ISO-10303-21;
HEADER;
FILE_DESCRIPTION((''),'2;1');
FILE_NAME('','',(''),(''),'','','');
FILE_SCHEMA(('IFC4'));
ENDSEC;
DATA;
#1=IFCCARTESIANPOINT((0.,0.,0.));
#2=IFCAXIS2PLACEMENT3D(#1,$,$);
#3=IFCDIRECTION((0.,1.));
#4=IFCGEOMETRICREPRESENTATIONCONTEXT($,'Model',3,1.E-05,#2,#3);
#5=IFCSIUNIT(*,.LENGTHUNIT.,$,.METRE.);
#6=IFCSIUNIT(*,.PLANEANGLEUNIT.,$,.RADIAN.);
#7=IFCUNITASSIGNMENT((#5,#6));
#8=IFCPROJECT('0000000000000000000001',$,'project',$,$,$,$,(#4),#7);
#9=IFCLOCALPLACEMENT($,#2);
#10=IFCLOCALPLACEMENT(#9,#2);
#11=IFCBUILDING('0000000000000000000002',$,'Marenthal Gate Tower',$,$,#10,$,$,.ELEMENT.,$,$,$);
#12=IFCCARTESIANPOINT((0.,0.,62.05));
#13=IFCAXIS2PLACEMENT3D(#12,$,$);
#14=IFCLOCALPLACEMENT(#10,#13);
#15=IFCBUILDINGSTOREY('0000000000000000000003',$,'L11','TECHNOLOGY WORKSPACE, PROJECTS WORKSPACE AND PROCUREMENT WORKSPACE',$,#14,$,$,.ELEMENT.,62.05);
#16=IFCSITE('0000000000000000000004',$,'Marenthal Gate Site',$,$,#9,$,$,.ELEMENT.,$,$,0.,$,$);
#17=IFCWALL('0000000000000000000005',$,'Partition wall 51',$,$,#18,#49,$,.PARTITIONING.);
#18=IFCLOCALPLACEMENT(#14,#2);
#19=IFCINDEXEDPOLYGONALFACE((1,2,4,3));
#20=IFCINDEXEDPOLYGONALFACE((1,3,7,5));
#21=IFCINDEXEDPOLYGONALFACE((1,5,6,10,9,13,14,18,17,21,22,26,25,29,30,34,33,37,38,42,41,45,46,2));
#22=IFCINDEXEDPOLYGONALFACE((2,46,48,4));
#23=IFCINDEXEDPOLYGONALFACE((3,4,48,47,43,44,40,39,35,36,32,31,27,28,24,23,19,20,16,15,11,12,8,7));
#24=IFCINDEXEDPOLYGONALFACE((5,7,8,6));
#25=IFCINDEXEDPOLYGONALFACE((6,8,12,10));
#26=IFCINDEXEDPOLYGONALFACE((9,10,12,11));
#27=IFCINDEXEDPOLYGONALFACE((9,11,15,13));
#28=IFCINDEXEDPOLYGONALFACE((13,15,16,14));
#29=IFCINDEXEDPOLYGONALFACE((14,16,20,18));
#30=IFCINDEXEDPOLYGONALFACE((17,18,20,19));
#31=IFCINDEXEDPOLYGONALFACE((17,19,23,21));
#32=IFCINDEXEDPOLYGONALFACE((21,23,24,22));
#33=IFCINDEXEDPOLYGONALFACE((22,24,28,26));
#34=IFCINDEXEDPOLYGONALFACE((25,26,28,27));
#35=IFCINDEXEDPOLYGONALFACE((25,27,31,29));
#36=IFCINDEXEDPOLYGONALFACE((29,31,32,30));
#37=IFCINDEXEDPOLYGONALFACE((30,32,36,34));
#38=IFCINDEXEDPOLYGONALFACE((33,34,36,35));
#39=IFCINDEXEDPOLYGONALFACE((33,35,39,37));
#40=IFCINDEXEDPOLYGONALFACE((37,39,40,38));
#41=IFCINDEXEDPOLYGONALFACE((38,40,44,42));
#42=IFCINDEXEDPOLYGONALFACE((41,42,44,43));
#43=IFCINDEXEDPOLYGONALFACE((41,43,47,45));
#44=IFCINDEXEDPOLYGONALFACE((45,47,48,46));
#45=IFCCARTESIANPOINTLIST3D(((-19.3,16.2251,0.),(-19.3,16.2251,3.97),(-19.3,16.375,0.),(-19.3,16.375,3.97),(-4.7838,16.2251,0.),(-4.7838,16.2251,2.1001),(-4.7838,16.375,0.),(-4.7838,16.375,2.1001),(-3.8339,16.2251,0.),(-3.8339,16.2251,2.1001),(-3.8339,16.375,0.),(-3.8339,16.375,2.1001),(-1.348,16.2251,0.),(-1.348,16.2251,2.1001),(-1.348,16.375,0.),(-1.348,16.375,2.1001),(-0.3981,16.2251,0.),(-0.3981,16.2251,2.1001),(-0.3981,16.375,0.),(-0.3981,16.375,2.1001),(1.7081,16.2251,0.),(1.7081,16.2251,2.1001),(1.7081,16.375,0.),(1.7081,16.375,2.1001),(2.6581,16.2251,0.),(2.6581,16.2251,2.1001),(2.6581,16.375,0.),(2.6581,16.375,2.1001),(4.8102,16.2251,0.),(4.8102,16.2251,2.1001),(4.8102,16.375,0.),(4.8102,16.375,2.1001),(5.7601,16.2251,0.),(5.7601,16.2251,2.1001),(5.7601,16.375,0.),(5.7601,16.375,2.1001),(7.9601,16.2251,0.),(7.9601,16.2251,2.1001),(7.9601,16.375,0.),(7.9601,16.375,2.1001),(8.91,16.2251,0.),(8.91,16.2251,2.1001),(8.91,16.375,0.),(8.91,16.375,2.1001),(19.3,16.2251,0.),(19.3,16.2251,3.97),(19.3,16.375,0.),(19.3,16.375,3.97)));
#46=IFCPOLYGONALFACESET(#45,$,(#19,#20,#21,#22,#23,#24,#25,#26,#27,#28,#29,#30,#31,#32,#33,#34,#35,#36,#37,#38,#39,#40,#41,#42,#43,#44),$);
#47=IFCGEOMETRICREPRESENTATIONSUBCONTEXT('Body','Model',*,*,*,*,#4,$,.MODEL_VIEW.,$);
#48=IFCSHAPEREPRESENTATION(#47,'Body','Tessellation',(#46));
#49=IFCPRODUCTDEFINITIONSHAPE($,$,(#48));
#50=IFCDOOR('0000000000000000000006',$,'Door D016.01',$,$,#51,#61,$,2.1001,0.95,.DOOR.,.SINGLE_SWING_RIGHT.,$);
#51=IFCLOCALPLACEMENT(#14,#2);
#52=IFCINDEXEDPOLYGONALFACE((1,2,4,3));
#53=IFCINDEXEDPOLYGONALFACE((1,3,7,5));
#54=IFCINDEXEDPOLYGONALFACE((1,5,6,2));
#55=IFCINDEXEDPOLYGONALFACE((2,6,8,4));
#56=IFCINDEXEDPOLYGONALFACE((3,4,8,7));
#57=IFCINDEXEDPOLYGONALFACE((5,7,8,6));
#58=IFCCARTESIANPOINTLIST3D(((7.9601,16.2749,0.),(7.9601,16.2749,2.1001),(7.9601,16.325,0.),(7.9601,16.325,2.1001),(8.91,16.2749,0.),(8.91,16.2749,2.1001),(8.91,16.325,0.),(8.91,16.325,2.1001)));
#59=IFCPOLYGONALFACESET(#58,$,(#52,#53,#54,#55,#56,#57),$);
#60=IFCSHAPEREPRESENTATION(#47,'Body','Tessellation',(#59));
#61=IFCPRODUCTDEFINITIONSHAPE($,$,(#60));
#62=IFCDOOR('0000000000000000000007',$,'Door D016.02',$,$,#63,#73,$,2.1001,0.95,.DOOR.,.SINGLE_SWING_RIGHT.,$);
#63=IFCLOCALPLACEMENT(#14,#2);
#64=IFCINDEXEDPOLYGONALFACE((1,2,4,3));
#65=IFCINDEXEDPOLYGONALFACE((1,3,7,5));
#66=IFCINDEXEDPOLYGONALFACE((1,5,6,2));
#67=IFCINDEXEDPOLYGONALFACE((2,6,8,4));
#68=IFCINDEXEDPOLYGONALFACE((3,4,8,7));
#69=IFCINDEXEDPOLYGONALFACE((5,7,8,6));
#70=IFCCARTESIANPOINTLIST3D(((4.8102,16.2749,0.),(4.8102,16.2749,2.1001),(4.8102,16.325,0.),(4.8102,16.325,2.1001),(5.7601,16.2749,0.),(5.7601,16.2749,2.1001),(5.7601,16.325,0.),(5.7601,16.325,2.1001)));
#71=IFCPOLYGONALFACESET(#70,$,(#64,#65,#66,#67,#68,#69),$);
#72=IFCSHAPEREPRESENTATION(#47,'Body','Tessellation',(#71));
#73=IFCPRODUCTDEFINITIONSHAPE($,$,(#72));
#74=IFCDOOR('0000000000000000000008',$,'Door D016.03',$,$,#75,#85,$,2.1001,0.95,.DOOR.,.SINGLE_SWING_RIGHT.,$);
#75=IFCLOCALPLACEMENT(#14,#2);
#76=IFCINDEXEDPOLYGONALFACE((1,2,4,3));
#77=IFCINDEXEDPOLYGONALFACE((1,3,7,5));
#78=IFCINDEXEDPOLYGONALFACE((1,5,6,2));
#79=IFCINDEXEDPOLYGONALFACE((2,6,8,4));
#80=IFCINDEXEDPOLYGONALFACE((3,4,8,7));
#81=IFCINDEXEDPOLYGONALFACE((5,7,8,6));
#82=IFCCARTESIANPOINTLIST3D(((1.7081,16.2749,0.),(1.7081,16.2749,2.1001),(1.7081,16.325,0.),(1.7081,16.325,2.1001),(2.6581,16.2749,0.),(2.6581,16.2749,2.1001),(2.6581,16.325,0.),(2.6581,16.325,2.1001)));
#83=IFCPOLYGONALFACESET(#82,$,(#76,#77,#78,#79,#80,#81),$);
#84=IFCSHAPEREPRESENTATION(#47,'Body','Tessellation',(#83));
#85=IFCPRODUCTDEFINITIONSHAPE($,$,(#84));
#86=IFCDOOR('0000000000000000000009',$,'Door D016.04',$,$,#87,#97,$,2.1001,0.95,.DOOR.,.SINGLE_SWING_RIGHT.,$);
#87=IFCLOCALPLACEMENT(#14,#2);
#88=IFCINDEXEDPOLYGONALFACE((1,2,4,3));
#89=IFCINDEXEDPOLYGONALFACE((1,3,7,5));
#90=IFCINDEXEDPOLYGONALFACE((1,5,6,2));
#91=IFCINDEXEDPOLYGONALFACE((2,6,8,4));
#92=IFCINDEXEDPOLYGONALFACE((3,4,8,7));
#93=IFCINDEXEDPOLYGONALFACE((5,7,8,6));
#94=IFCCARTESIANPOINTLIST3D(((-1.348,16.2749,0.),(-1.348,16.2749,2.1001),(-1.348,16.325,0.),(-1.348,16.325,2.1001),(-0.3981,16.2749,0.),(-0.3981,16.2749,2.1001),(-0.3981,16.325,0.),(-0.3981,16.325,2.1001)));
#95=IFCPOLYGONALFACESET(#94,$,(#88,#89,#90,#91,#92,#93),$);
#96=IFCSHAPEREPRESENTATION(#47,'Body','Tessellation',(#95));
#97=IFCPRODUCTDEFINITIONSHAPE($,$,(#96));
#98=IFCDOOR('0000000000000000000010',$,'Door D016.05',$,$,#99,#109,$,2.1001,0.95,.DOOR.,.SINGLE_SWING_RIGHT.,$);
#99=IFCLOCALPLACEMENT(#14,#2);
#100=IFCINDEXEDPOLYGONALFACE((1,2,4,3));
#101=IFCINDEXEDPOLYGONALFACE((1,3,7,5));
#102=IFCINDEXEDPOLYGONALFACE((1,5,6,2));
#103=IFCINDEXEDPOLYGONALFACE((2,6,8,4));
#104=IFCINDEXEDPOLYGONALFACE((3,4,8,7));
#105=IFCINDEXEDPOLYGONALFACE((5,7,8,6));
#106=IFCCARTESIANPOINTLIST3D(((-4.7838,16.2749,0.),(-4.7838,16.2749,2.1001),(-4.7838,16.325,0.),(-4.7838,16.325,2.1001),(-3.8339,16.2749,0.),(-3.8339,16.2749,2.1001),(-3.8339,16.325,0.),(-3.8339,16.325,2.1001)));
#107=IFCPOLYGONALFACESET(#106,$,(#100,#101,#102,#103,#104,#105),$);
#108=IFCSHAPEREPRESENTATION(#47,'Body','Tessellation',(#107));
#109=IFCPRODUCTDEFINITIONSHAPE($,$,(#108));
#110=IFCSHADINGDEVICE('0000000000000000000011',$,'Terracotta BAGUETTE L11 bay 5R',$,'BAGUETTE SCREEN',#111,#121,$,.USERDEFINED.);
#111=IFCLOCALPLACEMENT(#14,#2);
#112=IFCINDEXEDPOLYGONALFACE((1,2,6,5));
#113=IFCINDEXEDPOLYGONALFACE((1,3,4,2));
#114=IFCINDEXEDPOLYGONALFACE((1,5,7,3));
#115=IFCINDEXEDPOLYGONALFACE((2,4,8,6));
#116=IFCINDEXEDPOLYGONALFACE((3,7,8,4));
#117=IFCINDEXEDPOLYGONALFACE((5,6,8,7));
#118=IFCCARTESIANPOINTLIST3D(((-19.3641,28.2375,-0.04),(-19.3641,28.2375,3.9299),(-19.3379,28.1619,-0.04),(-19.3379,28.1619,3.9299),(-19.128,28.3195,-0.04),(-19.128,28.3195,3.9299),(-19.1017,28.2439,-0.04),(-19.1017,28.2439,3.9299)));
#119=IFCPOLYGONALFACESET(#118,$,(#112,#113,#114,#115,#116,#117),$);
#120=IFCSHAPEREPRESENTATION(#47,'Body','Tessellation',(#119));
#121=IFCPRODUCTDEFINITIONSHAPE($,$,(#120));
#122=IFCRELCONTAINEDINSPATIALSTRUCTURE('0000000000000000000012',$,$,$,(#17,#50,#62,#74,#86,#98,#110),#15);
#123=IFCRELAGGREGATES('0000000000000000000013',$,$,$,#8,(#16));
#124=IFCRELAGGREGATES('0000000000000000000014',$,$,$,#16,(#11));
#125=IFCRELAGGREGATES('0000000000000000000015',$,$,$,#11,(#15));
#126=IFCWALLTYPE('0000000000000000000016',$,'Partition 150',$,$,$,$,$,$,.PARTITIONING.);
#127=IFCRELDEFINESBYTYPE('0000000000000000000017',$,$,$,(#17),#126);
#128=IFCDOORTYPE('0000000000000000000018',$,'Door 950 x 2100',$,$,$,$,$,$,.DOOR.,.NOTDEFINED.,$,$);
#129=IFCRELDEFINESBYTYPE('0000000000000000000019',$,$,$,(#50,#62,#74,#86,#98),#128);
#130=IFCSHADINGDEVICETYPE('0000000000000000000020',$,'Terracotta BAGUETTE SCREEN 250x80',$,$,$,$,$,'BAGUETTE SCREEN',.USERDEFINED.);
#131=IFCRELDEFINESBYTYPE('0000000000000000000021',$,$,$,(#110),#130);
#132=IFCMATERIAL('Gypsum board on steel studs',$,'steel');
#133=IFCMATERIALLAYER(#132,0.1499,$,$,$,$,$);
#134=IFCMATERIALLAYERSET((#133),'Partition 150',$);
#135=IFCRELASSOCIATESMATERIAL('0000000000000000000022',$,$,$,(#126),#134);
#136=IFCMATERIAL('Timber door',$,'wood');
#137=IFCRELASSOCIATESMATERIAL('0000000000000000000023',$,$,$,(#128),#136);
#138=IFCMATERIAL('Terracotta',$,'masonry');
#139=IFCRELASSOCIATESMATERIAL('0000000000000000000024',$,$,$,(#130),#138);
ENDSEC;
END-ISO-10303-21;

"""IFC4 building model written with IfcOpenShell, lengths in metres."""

from ifc_helpers import new_model, si_unit, direction, frame, frame_2d, origin, origin_2d, place, context, subcontext, project, spatial, rectangle, extrude, material, layer, layer_set, material_profile, profile_set, type_object, element, fill, save


model = new_model("IFC4")

# Units and contexts
model_context = context("Model", 3, precision=1e-05, world=origin(), true_north=direction((0.0, 1.0)))
body_context = subcontext(model_context, "Body", "Model", "MODEL_VIEW")
ifc_project = project(units=[si_unit("LENGTHUNIT", "METRE"), si_unit("PLANEANGLEUNIT", "RADIAN")], contexts=[model_context])

# Site, building, storey
site_placement = place(None, origin())
site = spatial("IfcSite", under=ifc_project, at=site_placement, Name="Marenthal Gate Site", CompositionType="ELEMENT", RefElevation=0.0)
building_placement = place(site_placement, origin())
building = spatial("IfcBuilding", under=site, at=building_placement, Name="Marenthal Gate Tower", CompositionType="ELEMENT")
storey_placement = place(building_placement, frame((0.0, 0.0, 62.05)))
storey = spatial("IfcBuildingStorey", under=building, at=storey_placement, Name="L11", Description="TECHNOLOGY WORKSPACE, PROJECTS WORKSPACE AND PROCUREMENT WORKSPACE", CompositionType="ELEMENT", Elevation=62.05)

# Wall, openings, doors
ifc_material_1 = material(Name="Gypsum board on steel studs", Category="steel")
ifc_layer_1 = layer(ifc_material_1, 0.1499)
ifc_layer_set_1 = layer_set([ifc_layer_1], Name="Partition 150")
wall_type_1 = type_object("IfcWallType", Name="Partition 150", PredefinedType="PARTITIONING", material=ifc_layer_set_1)
wall_1_placement = place(storey_placement, frame((-19.3, 16.3, 0.0), z_axis=(0.0, 0.0, 1.0), x_axis=(1.0, 0.0, 0.0)))
wall_1 = element("IfcWall", 1, at=wall_1_placement, inside=storey, type_object=wall_type_1, Name="Partition wall 51", PredefinedType="PARTITIONING", context=body_context, shape_type="SweptSolid", body=[
    extrude(rectangle(XDim=38.6001, YDim=0.1499, at=frame_2d((19.3, 0.0))), origin(), (0.0, 0.0, 1.0), 3.97),
])
opening_1_placement = place(wall_1_placement, frame((27.26, 0.0, 0.0)))
opening_1 = element("IfcOpeningElement", 2, at=opening_1_placement, cuts=wall_1, PredefinedType="OPENING", context=body_context, shape_type="SweptSolid", body=[
    extrude(rectangle(XDim=0.95, YDim=2.1001, at=frame_2d((0.4751, 1.05))), frame((0.0, 0.085, 0.0), z_axis=(0.0, -1.0, 0.0), x_axis=(1.0, 0.0, 0.0)), (0.0, 0.0, 1.0), 0.1699),
])
opening_2_placement = place(wall_1_placement, frame((24.1101, 0.0, 0.0)))
opening_2 = element("IfcOpeningElement", 3, at=opening_2_placement, cuts=wall_1, PredefinedType="OPENING", context=body_context, shape_type="SweptSolid", body=[
    extrude(rectangle(XDim=0.95, YDim=2.1001, at=frame_2d((0.4751, 1.05))), frame((0.0, 0.085, 0.0), z_axis=(0.0, -1.0, 0.0), x_axis=(1.0, 0.0, 0.0)), (0.0, 0.0, 1.0), 0.1699),
])
opening_3_placement = place(wall_1_placement, frame((21.0081, 0.0, 0.0)))
opening_3 = element("IfcOpeningElement", 4, at=opening_3_placement, cuts=wall_1, PredefinedType="OPENING", context=body_context, shape_type="SweptSolid", body=[
    extrude(rectangle(XDim=0.95, YDim=2.1001, at=frame_2d((0.4751, 1.05))), frame((0.0, 0.085, 0.0), z_axis=(0.0, -1.0, 0.0), x_axis=(1.0, 0.0, 0.0)), (0.0, 0.0, 1.0), 0.1699),
])
opening_4_placement = place(wall_1_placement, frame((17.9519, 0.0, 0.0)))
opening_4 = element("IfcOpeningElement", 5, at=opening_4_placement, cuts=wall_1, PredefinedType="OPENING", context=body_context, shape_type="SweptSolid", body=[
    extrude(rectangle(XDim=0.95, YDim=2.1001, at=frame_2d((0.4751, 1.05))), frame((0.0, 0.085, 0.0), z_axis=(0.0, -1.0, 0.0), x_axis=(1.0, 0.0, 0.0)), (0.0, 0.0, 1.0), 0.1699),
])
opening_5_placement = place(wall_1_placement, frame((14.5161, 0.0, 0.0)))
opening_5 = element("IfcOpeningElement", 6, at=opening_5_placement, cuts=wall_1, PredefinedType="OPENING", context=body_context, shape_type="SweptSolid", body=[
    extrude(rectangle(XDim=0.95, YDim=2.1001, at=frame_2d((0.4751, 1.05))), frame((0.0, 0.085, 0.0), z_axis=(0.0, -1.0, 0.0), x_axis=(1.0, 0.0, 0.0)), (0.0, 0.0, 1.0), 0.1699),
])
ifc_material_2 = material(Name="Timber door", Category="wood")
door_type_1 = type_object("IfcDoorType", Name="Door 950 x 2100", OperationType="NOTDEFINED", PredefinedType="DOOR", material=ifc_material_2)
door_1_placement = place(opening_1_placement, origin())
door_1 = element("IfcDoor", 7, at=door_1_placement, inside=storey, type_object=door_type_1, Name="Door D016.01", OperationType="SINGLE_SWING_RIGHT", OverallHeight=2.1001, OverallWidth=0.95, PredefinedType="DOOR", context=body_context, shape_type="SweptSolid", body=[
    extrude(rectangle(XDim=0.95, YDim=2.1001, at=frame_2d((0.4751, 1.05))), frame((0.0, 0.0249, 0.0), z_axis=(0.0, -1.0, 0.0), x_axis=(1.0, 0.0, 0.0)), (0.0, 0.0, 1.0), 0.05),
])
fill(opening_1, door_1)
door_2_placement = place(opening_2_placement, origin())
door_2 = element("IfcDoor", 8, at=door_2_placement, inside=storey, type_object=door_type_1, Name="Door D016.02", OperationType="SINGLE_SWING_RIGHT", OverallHeight=2.1001, OverallWidth=0.95, PredefinedType="DOOR", context=body_context, shape_type="SweptSolid", body=[
    extrude(rectangle(XDim=0.95, YDim=2.1001, at=frame_2d((0.4751, 1.05))), frame((0.0, 0.0249, 0.0), z_axis=(0.0, -1.0, 0.0), x_axis=(1.0, 0.0, 0.0)), (0.0, 0.0, 1.0), 0.05),
])
fill(opening_2, door_2)
door_3_placement = place(opening_3_placement, origin())
door_3 = element("IfcDoor", 9, at=door_3_placement, inside=storey, type_object=door_type_1, Name="Door D016.03", OperationType="SINGLE_SWING_RIGHT", OverallHeight=2.1001, OverallWidth=0.95, PredefinedType="DOOR", context=body_context, shape_type="SweptSolid", body=[
    extrude(rectangle(XDim=0.95, YDim=2.1001, at=frame_2d((0.4751, 1.05))), frame((0.0, 0.0249, 0.0), z_axis=(0.0, -1.0, 0.0), x_axis=(1.0, 0.0, 0.0)), (0.0, 0.0, 1.0), 0.05),
])
fill(opening_3, door_3)
door_4_placement = place(opening_4_placement, origin())
door_4 = element("IfcDoor", 10, at=door_4_placement, inside=storey, type_object=door_type_1, Name="Door D016.04", OperationType="SINGLE_SWING_RIGHT", OverallHeight=2.1001, OverallWidth=0.95, PredefinedType="DOOR", context=body_context, shape_type="SweptSolid", body=[
    extrude(rectangle(XDim=0.95, YDim=2.1001, at=frame_2d((0.4751, 1.05))), frame((0.0, 0.0249, 0.0), z_axis=(0.0, -1.0, 0.0), x_axis=(1.0, 0.0, 0.0)), (0.0, 0.0, 1.0), 0.05),
])
fill(opening_4, door_4)
door_5_placement = place(opening_5_placement, origin())
door_5 = element("IfcDoor", 11, at=door_5_placement, inside=storey, type_object=door_type_1, Name="Door D016.05", OperationType="SINGLE_SWING_RIGHT", OverallHeight=2.1001, OverallWidth=0.95, PredefinedType="DOOR", context=body_context, shape_type="SweptSolid", body=[
    extrude(rectangle(XDim=0.95, YDim=2.1001, at=frame_2d((0.4751, 1.05))), frame((0.0, 0.0249, 0.0), z_axis=(0.0, -1.0, 0.0), x_axis=(1.0, 0.0, 0.0)), (0.0, 0.0, 1.0), 0.05),
])
fill(opening_5, door_5)

# Shading device
ifc_material_3 = material(Name="Terracotta", Category="masonry")
ifc_material_profile_1 = material_profile(ifc_material_3, rectangle(XDim=0.25, YDim=0.0801, at=origin_2d()), Name="Terracotta baguette 250x80")
ifc_profile_set_1 = profile_set([ifc_material_profile_1], Name="Terracotta")
shading_device_type = type_object("IfcShadingDeviceType", Name="Terracotta BAGUETTE SCREEN 250x80", ElementType="BAGUETTE SCREEN", PredefinedType="USERDEFINED", material=ifc_profile_set_1)
shading_device_placement = place(storey_placement, frame((-19.2329, 28.2407, -0.04), z_axis=(0.0, 0.0, 1.0), x_axis=(-0.944672, -0.328016, 0.0)))
element("IfcShadingDevice", 12, at=shading_device_placement, inside=storey, type_object=shading_device_type, Name="Terracotta BAGUETTE L11 bay 5R", ObjectType="BAGUETTE SCREEN", PredefinedType="USERDEFINED", context=body_context, shape_type="SweptSolid", body=[
    extrude(rectangle(XDim=0.25, YDim=0.0801, at=origin_2d()), origin(), (0.0, 0.0, 1.0), 3.97),
])

save(model, "model.ifc")
